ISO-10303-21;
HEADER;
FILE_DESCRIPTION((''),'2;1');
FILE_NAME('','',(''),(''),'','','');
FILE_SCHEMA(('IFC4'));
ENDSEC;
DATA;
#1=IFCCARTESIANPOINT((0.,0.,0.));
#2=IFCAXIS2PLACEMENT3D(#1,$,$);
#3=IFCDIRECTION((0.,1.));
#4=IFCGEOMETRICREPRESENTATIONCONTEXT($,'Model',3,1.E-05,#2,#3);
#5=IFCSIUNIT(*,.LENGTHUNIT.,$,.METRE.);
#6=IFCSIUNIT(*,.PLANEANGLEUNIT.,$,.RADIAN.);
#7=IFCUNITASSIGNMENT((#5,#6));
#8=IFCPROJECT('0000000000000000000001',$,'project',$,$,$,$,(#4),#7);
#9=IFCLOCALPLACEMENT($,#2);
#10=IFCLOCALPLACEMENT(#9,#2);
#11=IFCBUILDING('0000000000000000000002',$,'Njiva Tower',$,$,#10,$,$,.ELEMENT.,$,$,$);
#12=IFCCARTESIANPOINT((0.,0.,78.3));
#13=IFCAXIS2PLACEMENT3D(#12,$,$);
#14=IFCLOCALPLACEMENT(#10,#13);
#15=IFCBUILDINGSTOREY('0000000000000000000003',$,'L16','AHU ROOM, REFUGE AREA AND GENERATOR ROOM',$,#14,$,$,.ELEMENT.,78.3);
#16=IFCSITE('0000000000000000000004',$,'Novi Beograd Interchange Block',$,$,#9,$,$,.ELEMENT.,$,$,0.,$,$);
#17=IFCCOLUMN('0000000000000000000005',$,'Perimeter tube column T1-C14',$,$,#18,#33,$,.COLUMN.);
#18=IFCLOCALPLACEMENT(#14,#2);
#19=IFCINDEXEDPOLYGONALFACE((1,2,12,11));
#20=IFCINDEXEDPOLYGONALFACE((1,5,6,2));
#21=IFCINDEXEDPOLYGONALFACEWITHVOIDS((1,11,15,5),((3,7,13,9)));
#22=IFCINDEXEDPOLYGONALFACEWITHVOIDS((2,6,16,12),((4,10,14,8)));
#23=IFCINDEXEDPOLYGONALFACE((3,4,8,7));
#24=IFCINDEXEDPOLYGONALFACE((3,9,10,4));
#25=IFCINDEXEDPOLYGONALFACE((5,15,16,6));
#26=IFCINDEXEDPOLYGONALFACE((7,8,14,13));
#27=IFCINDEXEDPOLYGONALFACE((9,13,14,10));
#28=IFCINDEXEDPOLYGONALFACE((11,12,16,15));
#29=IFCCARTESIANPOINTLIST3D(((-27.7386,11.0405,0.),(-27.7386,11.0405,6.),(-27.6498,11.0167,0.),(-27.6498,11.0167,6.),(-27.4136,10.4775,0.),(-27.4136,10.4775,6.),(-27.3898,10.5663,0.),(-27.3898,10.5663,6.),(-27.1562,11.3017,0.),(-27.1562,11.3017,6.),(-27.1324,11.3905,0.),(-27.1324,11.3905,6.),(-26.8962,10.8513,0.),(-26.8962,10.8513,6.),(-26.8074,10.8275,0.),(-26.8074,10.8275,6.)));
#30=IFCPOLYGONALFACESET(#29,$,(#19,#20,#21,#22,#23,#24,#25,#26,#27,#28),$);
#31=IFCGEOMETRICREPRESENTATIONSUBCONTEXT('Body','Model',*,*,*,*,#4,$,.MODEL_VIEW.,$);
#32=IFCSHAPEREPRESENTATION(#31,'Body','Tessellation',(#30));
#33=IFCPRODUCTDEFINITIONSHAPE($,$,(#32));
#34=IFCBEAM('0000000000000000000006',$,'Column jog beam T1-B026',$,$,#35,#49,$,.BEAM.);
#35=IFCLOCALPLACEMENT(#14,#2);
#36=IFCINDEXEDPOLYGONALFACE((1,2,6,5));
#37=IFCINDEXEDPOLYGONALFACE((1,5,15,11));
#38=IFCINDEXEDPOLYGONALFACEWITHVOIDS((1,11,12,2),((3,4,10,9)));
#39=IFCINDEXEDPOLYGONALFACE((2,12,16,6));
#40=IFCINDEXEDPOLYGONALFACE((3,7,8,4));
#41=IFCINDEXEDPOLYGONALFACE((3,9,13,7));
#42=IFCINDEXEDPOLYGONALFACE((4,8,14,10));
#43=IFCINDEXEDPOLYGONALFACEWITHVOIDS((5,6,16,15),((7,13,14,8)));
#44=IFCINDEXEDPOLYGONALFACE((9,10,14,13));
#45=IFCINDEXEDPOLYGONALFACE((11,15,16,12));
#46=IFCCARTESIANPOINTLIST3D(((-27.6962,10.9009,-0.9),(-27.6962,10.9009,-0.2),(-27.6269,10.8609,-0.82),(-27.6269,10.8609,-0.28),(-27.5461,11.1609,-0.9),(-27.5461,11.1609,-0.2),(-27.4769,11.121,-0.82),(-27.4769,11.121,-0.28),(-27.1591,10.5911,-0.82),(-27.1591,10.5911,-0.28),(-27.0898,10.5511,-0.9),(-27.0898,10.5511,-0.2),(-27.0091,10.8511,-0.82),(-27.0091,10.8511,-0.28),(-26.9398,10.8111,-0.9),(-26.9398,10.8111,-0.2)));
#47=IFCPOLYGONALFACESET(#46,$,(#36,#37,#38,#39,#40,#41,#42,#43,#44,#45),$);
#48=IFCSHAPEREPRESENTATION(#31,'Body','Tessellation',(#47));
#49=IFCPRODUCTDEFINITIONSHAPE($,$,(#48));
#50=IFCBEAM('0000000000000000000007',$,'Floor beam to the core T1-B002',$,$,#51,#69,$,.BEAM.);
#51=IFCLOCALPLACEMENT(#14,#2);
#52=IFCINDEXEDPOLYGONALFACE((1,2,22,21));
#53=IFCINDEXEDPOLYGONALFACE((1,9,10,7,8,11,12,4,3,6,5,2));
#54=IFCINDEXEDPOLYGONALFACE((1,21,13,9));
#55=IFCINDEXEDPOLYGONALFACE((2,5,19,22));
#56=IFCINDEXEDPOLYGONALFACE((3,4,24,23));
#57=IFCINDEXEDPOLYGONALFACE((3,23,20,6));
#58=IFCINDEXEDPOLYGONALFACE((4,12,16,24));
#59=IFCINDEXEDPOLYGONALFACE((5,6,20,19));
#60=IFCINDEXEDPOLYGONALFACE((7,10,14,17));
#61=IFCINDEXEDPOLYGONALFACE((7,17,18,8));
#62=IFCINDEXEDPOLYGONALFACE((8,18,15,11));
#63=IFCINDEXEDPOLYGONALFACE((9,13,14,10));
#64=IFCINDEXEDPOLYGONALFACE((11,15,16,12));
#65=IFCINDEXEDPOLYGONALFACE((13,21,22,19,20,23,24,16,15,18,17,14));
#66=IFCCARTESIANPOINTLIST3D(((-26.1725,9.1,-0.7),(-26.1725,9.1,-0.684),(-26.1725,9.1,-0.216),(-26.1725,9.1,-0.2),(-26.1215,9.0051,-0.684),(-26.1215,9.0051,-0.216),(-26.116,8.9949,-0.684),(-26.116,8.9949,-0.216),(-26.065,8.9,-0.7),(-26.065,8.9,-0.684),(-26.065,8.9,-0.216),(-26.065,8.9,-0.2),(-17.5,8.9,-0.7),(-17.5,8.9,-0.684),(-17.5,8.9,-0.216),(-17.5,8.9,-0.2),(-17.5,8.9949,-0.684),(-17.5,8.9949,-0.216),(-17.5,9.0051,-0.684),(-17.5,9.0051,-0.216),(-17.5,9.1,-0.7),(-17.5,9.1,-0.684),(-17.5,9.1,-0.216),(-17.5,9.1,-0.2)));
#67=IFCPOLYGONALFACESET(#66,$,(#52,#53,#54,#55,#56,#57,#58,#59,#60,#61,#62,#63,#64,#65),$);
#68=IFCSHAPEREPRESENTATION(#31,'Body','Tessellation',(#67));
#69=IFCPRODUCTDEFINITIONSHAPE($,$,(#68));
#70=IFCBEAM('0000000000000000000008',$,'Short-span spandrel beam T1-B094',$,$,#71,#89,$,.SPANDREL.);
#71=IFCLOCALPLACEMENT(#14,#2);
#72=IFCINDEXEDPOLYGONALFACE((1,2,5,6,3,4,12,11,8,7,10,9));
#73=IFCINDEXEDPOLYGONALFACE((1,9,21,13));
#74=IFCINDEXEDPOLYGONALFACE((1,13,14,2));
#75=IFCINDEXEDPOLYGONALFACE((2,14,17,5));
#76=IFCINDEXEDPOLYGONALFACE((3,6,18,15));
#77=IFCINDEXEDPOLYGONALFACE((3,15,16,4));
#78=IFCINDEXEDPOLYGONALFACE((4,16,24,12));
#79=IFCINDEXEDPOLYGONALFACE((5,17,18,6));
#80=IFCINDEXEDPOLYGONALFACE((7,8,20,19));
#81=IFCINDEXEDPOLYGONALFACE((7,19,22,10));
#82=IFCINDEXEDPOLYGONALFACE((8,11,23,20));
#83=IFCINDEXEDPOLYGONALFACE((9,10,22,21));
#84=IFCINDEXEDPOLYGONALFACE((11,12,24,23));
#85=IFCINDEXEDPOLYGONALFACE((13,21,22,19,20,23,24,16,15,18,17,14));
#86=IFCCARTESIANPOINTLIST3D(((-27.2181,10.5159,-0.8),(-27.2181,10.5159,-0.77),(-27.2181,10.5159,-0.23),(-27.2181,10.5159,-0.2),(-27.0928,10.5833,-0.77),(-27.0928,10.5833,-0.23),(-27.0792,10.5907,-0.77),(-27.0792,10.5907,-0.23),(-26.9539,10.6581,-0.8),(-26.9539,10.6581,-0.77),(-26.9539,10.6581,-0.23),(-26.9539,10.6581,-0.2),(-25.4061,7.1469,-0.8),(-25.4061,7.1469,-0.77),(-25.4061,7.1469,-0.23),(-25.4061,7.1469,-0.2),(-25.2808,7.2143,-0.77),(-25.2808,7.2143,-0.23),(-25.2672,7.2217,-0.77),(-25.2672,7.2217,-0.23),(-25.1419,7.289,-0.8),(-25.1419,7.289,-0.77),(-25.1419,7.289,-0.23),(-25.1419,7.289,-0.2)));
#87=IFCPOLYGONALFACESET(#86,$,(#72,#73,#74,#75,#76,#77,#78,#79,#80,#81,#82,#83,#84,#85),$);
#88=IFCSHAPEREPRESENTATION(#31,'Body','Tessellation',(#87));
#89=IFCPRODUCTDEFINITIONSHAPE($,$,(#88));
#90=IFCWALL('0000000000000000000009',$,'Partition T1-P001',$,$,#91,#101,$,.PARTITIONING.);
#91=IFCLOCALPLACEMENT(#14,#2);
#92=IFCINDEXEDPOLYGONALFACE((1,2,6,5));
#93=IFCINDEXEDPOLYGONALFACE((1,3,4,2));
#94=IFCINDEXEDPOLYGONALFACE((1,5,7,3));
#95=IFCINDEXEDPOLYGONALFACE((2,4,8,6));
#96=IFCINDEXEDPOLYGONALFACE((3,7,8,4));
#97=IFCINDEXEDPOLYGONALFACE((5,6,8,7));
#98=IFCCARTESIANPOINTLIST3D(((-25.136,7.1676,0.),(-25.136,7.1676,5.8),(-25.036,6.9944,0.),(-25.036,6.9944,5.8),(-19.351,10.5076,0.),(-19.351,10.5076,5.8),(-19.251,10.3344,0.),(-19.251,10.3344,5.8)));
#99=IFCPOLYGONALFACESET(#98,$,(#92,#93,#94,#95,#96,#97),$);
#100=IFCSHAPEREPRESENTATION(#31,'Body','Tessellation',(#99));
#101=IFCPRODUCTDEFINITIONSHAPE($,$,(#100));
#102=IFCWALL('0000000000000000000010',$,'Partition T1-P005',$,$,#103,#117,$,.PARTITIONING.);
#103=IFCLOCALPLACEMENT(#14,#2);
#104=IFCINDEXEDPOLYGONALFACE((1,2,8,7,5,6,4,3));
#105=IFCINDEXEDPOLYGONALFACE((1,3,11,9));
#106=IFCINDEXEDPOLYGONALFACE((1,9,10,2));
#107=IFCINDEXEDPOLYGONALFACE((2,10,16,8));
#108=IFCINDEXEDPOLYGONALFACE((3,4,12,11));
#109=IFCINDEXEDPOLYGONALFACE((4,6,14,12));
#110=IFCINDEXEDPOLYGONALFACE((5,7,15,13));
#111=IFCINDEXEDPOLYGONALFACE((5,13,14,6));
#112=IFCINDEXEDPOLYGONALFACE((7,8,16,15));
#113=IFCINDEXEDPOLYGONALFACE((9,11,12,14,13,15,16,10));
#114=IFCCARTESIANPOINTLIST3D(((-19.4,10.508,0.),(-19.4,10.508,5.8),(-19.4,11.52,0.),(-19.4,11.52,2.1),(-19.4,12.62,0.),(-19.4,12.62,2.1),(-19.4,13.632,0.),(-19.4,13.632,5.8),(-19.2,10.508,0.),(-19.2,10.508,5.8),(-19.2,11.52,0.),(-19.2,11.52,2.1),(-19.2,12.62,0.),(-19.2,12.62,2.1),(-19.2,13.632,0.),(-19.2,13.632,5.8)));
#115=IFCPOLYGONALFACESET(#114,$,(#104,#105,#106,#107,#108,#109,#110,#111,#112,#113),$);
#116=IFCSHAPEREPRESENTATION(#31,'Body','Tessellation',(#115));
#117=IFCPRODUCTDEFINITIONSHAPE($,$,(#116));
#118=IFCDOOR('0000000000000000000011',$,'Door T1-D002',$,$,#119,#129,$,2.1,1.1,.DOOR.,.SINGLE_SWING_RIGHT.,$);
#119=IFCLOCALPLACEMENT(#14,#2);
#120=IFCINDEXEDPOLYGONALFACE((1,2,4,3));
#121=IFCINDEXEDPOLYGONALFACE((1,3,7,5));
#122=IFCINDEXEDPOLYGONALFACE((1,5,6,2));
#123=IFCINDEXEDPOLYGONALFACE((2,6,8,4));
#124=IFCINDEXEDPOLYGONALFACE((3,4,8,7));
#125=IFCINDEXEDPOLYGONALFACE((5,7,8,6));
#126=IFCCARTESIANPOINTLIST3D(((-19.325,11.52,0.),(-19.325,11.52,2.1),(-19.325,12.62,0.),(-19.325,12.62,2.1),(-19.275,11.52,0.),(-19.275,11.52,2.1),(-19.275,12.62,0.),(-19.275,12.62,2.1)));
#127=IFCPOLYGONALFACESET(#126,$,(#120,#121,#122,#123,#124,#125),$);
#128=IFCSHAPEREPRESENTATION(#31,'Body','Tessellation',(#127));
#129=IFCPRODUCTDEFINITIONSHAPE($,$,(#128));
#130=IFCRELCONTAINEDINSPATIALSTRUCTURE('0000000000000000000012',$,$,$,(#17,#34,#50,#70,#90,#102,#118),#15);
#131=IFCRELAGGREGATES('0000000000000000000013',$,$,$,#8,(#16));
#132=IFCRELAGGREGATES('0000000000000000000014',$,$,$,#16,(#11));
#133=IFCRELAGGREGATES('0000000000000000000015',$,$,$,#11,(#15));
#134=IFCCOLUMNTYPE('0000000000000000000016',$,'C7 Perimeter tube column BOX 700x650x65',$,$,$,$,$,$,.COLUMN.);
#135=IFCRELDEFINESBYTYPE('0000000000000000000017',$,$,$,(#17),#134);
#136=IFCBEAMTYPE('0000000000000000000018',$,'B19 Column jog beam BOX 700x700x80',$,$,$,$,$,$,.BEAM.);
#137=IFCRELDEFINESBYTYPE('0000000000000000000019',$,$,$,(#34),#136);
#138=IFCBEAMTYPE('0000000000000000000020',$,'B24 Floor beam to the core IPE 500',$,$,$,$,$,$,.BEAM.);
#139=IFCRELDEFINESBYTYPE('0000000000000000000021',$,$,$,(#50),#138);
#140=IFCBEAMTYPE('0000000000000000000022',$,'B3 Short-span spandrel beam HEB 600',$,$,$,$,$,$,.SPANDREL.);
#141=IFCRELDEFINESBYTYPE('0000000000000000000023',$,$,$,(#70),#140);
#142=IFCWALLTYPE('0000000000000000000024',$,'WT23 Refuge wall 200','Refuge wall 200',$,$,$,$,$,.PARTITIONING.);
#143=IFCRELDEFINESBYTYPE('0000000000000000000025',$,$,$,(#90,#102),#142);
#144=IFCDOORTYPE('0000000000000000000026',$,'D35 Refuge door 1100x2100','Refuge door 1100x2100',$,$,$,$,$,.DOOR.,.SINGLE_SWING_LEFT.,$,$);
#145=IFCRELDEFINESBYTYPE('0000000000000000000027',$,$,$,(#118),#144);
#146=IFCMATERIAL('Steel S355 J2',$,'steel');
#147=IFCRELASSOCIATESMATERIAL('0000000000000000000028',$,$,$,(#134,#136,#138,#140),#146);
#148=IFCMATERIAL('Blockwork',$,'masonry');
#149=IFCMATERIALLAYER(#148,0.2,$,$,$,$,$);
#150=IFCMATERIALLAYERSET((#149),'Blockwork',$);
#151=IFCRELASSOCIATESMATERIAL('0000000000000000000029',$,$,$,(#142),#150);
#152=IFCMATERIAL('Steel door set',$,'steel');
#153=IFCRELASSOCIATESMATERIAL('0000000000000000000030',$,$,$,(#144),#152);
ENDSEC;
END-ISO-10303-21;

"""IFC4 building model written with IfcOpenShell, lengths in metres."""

from ifc_helpers import new_model, si_unit, direction, frame, frame_2d, origin, origin_2d, place, context, subcontext, project, spatial, rectangle, hollow_rectangle, i_section, extrude, clip, halfspace, material, layer, layer_set, material_profile, profile_set, type_object, element, fill, save


model = new_model("IFC4")

# Units and contexts
model_context = context("Model", 3, precision=1e-05, world=origin(), true_north=direction((0.0, 1.0)))
body_context = subcontext(model_context, "Body", "Model", "MODEL_VIEW")
ifc_project = project(units=[si_unit("LENGTHUNIT", "METRE"), si_unit("PLANEANGLEUNIT", "RADIAN")], contexts=[model_context])

# Site, building, storey
site_placement = place(None, origin())
site = spatial("IfcSite", under=ifc_project, at=site_placement, Name="Novi Beograd Interchange Block", CompositionType="ELEMENT", RefElevation=0.0)
building_placement = place(site_placement, origin())
building = spatial("IfcBuilding", under=site, at=building_placement, Name="Njiva Tower", CompositionType="ELEMENT")
storey_placement = place(building_placement, frame((0.0, 0.0, 78.3)))
storey = spatial("IfcBuildingStorey", under=building, at=storey_placement, Name="L16", Description="AHU ROOM, REFUGE AREA AND GENERATOR ROOM", CompositionType="ELEMENT", Elevation=78.3)

# Column
ifc_material_1 = material(Name="Steel S355 J2", Category="steel")
ifc_material_profile_1 = material_profile(ifc_material_1, hollow_rectangle(XDim=0.65, YDim=0.7, WallThickness=0.065, at=origin_2d()), Name="BOX 700x650x65")
ifc_profile_set_1 = profile_set([ifc_material_profile_1], Name="Steel S355 J2")
column_type = type_object("IfcColumnType", Name="C7 Perimeter tube column BOX 700x650x65", PredefinedType="COLUMN", material=ifc_profile_set_1)
column_placement = place(storey_placement, frame((-27.273, 10.934, 0.0), z_axis=(0.0, 0.0, 1.0), x_axis=(0.5, -0.866025, 0.0)))
element("IfcColumn", 1, at=column_placement, inside=storey, type_object=column_type, Name="Perimeter tube column T1-C14", PredefinedType="COLUMN", context=body_context, shape_type="SweptSolid", body=[
    extrude(hollow_rectangle(XDim=0.65, YDim=0.7, WallThickness=0.065, at=origin_2d()), origin(), (0.0, 0.0, 1.0), 6.0),
])

# Beams
ifc_material_profile_2 = material_profile(ifc_material_1, hollow_rectangle(XDim=0.7, YDim=0.7, WallThickness=0.08, at=origin_2d()), Name="BOX 700x700x80")
ifc_profile_set_2 = profile_set([ifc_material_profile_2], Name="Steel S355 J2")
beam_type_1 = type_object("IfcBeamType", Name="B19 Column jog beam BOX 700x700x80", PredefinedType="BEAM", material=ifc_profile_set_2)
beam_1_placement = place(storey_placement, frame((-27.393, 10.726, -0.55), z_axis=(0.499722, 0.866186, 0.0), x_axis=(-0.866186, 0.499722, 0.0)))
element("IfcBeam", 2, at=beam_1_placement, inside=storey, type_object=beam_type_1, Name="Column jog beam T1-B026", PredefinedType="BEAM", context=body_context, shape_type="SweptSolid", body=[
    extrude(hollow_rectangle(XDim=0.7, YDim=0.7, WallThickness=0.08, at=origin_2d()), origin(), (0.0, 0.0, 1.0), 0.3002),
])
ifc_material_profile_3 = material_profile(ifc_material_1, i_section(OverallWidth=0.2, OverallDepth=0.5, WebThickness=0.0102, FlangeThickness=0.016, at=origin_2d()), Name="IPE 500")
ifc_profile_set_3 = profile_set([ifc_material_profile_3], Name="Steel S355 J2")
beam_type_2 = type_object("IfcBeamType", Name="B24 Floor beam to the core IPE 500", PredefinedType="BEAM", material=ifc_profile_set_3)
beam_2_placement = place(storey_placement, frame((-26.193, 9.0, -0.45), z_axis=(1.0, 0.0, 0.0), x_axis=(0.0, 1.0, 0.0)))
element("IfcBeam", 3, at=beam_2_placement, inside=storey, type_object=beam_type_2, Name="Floor beam to the core T1-B002", PredefinedType="BEAM", context=body_context, shape_type="Clipping", body=[
    clip(extrude(i_section(OverallWidth=0.2, OverallDepth=0.5, WebThickness=0.0102, FlangeThickness=0.016, at=origin_2d()), origin(), (0.0, 0.0, 1.0), 8.693), halfspace(frame((-0.0237, 0.0, 0.087), z_axis=(-0.473769, 0.0, -0.880649), x_axis=(0.0, -1.0, 0.0)), False)),
])
ifc_material_profile_4 = material_profile(ifc_material_1, i_section(OverallWidth=0.3, OverallDepth=0.6, WebThickness=0.0155, FlangeThickness=0.03, at=origin_2d()), Name="HEB 600")
ifc_profile_set_4 = profile_set([ifc_material_profile_4], Name="Steel S355 J2")
beam_type_3 = type_object("IfcBeamType", Name="B3 Short-span spandrel beam HEB 600", PredefinedType="SPANDREL", material=ifc_profile_set_4)
beam_3_placement = place(storey_placement, frame((-27.086, 10.587, -0.5), z_axis=(0.473679, -0.880698, 0.0), x_axis=(0.880698, 0.473679, 0.0)))
element("IfcBeam", 4, at=beam_3_placement, inside=storey, type_object=beam_type_3, Name="Short-span spandrel beam T1-B094", PredefinedType="SPANDREL", context=body_context, shape_type="SweptSolid", body=[
    extrude(i_section(OverallWidth=0.3, OverallDepth=0.6, WebThickness=0.0155, FlangeThickness=0.03, at=origin_2d()), origin(), (0.0, 0.0, 1.0), 3.8254),
])

# Wall
ifc_material_2 = material(Name="Blockwork", Category="masonry")
ifc_layer_1 = layer(ifc_material_2, 0.2)
ifc_layer_set_1 = layer_set([ifc_layer_1], Name="Blockwork")
wall_type_1 = type_object("IfcWallType", Name="WT23 Refuge wall 200", Description="Refuge wall 200", PredefinedType="PARTITIONING", material=ifc_layer_set_1)
wall_1_placement = place(storey_placement, frame((-25.086, 7.081, 0.0), z_axis=(0.0, 0.0, 1.0), x_axis=(0.866024, 0.500003, 0.0)))
element("IfcWall", 5, at=wall_1_placement, inside=storey, type_object=wall_type_1, Name="Partition T1-P001", PredefinedType="PARTITIONING", context=body_context, shape_type="SweptSolid", body=[
    extrude(rectangle(XDim=6.68, YDim=0.2, at=frame_2d((3.34, 0.0))), origin(), (0.0, 0.0, 1.0), 5.8),
])

# Wall, opening, door
wall_2_placement = place(storey_placement, frame((-19.3, 10.508, 0.0), z_axis=(0.0, 0.0, 1.0), x_axis=(0.0, 1.0, 0.0)))
wall_2 = element("IfcWall", 6, at=wall_2_placement, inside=storey, type_object=wall_type_1, Name="Partition T1-P005", PredefinedType="PARTITIONING", context=body_context, shape_type="SweptSolid", body=[
    extrude(rectangle(XDim=3.124, YDim=0.2, at=frame_2d((1.562, 0.0))), origin(), (0.0, 0.0, 1.0), 5.8),
])
opening_1_placement = place(wall_2_placement, frame((1.012, 0.0, 0.0)))
opening_1 = element("IfcOpeningElement", 7, at=opening_1_placement, cuts=wall_2, PredefinedType="OPENING", context=body_context, shape_type="SweptSolid", body=[
    extrude(rectangle(XDim=1.1, YDim=2.1, at=frame_2d((0.55, 1.05))), frame((0.0, 0.11, 0.0), z_axis=(0.0, -1.0, 0.0), x_axis=(1.0, 0.0, 0.0)), (0.0, 0.0, 1.0), 0.22),
])
ifc_material_3 = material(Name="Steel door set", Category="steel")
door_type = type_object("IfcDoorType", Name="D35 Refuge door 1100x2100", Description="Refuge door 1100x2100", OperationType="SINGLE_SWING_LEFT", PredefinedType="DOOR", material=ifc_material_3)
door_placement = place(opening_1_placement, origin())
door = element("IfcDoor", 8, at=door_placement, inside=storey, type_object=door_type, Name="Door T1-D002", OperationType="SINGLE_SWING_RIGHT", OverallHeight=2.1, OverallWidth=1.1, PredefinedType="DOOR", context=body_context, shape_type="SweptSolid", body=[
    extrude(rectangle(XDim=1.1, YDim=2.1, at=frame_2d((0.55, 1.05))), frame((0.0, 0.025, 0.0), z_axis=(0.0, -1.0, 0.0), x_axis=(1.0, 0.0, 0.0)), (0.0, 0.0, 1.0), 0.05),
])
fill(opening_1, door)

save(model, "model.ifc")
